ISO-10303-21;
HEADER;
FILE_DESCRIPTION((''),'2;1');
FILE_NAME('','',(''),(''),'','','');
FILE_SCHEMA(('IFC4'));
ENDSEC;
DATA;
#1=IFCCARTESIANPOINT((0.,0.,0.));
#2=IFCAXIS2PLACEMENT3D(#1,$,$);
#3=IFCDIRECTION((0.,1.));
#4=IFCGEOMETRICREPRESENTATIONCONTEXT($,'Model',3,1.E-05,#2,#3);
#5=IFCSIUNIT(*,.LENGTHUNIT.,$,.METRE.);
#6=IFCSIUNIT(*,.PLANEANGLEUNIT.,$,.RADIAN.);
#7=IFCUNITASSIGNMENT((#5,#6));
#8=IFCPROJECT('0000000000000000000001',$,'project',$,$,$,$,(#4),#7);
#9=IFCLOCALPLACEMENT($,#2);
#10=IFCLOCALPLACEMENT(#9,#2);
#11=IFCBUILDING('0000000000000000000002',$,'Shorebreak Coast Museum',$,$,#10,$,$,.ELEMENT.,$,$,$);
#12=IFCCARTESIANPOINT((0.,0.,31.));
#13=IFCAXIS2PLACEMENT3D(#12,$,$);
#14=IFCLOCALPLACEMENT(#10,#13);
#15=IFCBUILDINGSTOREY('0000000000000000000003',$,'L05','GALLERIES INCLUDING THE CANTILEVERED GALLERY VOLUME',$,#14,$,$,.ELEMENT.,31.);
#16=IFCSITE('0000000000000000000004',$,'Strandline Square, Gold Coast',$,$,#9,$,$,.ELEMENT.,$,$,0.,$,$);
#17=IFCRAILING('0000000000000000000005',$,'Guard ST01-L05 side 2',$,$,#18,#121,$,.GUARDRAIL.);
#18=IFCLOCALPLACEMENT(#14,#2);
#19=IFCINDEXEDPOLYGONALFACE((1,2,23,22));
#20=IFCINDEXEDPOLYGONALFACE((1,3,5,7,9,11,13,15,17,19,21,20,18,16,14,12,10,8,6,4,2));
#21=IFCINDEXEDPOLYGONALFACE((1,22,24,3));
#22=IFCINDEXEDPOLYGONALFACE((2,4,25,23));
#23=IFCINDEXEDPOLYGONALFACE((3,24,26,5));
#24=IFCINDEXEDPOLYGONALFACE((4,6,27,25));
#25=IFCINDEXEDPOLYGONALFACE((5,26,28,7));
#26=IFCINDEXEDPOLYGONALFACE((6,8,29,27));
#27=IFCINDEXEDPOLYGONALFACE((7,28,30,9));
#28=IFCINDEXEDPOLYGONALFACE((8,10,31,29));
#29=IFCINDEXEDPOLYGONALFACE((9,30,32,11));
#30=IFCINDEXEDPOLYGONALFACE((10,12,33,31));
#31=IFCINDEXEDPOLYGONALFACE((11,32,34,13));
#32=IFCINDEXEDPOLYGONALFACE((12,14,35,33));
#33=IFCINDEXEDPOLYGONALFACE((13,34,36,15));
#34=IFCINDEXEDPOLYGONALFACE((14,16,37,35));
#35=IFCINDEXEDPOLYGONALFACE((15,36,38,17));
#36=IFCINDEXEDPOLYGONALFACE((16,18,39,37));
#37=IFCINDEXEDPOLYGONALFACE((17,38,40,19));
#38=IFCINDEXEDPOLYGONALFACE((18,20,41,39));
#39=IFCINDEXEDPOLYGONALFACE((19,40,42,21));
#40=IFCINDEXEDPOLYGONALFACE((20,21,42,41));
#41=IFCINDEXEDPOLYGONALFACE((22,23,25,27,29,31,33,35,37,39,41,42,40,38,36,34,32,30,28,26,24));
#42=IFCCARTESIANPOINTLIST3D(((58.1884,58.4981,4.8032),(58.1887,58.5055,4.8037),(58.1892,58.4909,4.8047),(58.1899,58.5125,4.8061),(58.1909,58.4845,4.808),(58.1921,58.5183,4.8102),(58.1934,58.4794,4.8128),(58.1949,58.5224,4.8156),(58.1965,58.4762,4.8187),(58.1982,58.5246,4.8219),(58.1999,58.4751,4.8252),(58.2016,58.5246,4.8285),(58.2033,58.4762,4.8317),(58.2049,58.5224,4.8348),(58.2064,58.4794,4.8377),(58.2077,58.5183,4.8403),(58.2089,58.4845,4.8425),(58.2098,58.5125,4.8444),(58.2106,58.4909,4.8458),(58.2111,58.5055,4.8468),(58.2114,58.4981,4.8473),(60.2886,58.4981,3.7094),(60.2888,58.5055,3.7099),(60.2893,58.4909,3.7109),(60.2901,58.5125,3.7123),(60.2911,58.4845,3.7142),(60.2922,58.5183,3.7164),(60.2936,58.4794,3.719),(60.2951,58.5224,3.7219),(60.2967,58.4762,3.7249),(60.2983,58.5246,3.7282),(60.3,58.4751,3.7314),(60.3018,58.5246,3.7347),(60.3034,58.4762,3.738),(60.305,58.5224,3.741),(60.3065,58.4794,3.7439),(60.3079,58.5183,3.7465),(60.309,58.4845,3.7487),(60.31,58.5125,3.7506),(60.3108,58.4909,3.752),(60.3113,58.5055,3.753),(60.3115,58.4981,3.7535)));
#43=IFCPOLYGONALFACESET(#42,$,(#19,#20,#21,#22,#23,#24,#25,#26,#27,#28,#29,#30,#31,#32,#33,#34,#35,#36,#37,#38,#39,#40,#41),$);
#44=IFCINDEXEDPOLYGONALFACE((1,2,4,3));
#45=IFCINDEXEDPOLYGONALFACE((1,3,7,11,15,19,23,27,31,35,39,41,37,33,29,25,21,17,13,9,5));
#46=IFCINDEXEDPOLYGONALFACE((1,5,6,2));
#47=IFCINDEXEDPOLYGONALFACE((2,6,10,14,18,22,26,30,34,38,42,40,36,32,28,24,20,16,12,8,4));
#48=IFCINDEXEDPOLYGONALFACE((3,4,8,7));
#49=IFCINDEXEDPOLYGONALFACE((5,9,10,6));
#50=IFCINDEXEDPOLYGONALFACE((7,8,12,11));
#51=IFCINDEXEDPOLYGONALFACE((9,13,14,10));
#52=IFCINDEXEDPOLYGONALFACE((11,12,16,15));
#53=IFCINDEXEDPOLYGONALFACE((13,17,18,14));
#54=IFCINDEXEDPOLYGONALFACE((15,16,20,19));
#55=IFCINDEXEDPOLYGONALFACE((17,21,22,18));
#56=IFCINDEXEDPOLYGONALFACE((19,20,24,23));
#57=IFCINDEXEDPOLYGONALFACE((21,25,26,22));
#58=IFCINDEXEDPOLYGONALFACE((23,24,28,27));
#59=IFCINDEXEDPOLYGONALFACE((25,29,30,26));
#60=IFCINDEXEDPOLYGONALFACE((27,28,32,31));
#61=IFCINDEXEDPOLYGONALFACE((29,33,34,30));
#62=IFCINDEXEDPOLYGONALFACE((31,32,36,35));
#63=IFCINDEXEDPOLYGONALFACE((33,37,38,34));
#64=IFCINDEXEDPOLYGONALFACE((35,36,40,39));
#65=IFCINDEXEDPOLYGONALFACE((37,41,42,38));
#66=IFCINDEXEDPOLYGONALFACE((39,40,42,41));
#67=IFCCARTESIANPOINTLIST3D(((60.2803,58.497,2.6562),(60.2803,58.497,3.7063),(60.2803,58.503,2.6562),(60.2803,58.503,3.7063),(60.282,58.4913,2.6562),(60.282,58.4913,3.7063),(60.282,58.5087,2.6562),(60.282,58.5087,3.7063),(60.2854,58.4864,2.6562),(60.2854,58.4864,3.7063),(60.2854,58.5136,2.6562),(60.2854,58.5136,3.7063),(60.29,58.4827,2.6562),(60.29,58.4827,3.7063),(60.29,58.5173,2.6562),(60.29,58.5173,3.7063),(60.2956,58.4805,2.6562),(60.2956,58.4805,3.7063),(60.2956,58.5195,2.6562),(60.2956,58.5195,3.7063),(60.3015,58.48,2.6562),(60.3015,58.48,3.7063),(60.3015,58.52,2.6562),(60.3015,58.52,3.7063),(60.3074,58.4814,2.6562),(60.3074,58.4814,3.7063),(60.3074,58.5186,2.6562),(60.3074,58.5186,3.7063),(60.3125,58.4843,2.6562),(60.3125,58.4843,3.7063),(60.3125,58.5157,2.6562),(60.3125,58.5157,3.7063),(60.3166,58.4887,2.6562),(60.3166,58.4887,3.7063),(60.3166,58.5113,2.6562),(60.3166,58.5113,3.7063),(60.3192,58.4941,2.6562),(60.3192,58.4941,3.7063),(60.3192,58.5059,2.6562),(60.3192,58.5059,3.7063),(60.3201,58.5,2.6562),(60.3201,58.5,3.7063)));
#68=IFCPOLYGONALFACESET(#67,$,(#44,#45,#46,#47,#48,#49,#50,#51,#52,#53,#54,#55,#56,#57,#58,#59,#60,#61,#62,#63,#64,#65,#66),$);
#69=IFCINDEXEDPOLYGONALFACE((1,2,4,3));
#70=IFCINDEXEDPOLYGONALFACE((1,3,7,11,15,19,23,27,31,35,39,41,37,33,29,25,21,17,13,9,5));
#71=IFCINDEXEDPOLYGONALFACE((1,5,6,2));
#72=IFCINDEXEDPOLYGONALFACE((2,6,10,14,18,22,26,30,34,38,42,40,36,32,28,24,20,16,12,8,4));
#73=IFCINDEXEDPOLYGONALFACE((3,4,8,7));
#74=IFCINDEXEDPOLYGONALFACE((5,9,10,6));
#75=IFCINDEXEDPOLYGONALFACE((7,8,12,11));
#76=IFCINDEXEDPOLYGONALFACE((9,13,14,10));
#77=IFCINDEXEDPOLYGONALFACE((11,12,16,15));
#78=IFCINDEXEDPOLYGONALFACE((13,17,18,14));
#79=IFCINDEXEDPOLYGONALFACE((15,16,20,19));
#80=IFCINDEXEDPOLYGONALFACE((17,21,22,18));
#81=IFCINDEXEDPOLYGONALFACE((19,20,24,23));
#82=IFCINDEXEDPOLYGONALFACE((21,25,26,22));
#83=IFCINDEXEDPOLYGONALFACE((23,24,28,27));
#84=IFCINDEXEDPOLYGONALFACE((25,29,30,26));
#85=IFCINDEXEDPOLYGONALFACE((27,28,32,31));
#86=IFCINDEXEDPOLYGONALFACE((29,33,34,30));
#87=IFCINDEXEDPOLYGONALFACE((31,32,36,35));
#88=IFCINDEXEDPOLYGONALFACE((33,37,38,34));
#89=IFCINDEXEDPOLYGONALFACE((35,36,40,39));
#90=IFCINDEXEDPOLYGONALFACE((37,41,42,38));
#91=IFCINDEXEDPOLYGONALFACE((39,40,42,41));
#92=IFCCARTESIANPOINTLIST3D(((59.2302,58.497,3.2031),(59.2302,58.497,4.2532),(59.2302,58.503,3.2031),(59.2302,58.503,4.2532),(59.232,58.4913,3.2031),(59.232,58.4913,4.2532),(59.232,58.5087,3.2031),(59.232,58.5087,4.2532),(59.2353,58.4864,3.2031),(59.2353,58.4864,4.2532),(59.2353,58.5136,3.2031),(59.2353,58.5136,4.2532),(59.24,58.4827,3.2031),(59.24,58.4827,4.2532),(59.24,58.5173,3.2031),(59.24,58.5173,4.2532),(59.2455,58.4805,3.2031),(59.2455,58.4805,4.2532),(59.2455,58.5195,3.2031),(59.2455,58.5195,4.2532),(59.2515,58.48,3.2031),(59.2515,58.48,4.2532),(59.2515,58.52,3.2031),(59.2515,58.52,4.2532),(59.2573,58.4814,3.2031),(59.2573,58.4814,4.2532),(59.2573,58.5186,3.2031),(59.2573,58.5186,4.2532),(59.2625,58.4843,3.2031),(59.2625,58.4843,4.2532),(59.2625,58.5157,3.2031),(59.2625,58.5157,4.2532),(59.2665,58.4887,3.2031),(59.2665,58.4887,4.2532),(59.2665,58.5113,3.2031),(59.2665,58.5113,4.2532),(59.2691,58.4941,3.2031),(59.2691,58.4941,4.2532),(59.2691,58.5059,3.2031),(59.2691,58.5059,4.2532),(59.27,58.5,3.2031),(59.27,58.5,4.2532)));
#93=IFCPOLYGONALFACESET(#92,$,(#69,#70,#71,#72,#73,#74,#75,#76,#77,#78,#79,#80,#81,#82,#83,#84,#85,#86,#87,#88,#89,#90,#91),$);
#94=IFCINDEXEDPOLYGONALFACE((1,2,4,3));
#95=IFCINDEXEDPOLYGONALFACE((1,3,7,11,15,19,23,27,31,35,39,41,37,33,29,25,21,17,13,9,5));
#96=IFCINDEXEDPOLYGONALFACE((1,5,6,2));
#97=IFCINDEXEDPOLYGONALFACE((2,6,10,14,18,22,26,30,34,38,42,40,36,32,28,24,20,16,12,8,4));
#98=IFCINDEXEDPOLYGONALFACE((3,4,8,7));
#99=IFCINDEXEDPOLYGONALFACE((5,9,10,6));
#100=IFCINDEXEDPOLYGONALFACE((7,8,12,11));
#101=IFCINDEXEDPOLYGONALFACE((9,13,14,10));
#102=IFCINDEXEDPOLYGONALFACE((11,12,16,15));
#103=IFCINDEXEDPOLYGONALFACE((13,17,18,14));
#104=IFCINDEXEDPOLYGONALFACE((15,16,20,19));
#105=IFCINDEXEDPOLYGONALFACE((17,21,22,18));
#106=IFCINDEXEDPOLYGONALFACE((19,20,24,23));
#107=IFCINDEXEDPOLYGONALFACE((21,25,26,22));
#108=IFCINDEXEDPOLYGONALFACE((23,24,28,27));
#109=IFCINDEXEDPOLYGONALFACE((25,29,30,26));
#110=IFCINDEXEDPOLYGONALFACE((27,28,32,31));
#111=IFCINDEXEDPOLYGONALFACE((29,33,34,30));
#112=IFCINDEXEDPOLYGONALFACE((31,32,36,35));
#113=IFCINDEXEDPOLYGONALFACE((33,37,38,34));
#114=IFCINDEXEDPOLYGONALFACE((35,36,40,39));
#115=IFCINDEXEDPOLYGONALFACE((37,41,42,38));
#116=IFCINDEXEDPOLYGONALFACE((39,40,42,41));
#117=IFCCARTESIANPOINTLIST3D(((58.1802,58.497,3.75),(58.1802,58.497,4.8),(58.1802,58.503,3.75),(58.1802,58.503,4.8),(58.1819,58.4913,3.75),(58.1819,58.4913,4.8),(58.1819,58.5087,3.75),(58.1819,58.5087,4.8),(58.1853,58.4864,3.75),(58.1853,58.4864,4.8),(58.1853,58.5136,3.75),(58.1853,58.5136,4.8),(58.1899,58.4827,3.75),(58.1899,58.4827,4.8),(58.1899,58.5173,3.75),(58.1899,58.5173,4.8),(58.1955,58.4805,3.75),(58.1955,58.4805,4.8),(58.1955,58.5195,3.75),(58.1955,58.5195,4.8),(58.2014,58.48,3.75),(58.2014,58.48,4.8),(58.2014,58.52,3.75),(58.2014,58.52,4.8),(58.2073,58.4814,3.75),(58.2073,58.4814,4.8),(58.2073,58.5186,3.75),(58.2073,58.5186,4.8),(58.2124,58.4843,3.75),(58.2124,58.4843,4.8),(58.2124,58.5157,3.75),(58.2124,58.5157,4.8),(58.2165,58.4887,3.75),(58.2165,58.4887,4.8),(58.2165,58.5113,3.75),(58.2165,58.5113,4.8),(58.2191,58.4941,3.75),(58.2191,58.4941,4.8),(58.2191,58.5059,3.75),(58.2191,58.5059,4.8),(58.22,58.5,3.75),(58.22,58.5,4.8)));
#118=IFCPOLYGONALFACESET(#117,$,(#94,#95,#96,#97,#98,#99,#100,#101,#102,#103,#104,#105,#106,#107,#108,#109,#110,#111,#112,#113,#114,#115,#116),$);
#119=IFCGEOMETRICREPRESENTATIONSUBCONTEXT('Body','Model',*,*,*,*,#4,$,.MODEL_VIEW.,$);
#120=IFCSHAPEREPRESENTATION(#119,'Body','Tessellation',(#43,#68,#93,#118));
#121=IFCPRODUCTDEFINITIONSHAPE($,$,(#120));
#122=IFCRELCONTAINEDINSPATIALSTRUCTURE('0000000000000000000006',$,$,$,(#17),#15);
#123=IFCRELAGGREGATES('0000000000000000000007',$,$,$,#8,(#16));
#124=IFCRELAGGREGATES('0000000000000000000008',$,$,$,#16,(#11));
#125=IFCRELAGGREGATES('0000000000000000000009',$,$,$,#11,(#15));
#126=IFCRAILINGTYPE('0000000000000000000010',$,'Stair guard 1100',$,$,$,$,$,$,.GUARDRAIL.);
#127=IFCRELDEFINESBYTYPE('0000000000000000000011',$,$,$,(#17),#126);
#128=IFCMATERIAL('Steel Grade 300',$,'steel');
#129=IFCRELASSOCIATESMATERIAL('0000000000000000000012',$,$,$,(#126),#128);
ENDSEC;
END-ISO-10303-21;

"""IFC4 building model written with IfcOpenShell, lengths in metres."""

from ifc_helpers import new_model, si_unit, direction, frame, origin, origin_2d, place, context, subcontext, project, spatial, circle, extrude, material, type_object, element, save


model = new_model("IFC4")

# Units and contexts
model_context = context("Model", 3, precision=1e-05, world=origin(), true_north=direction((0.0, 1.0)))
body_context = subcontext(model_context, "Body", "Model", "MODEL_VIEW")
ifc_project = project(units=[si_unit("LENGTHUNIT", "METRE"), si_unit("PLANEANGLEUNIT", "RADIAN")], contexts=[model_context])

# Site, building, storey
site_placement = place(None, origin())
site = spatial("IfcSite", under=ifc_project, at=site_placement, Name="Strandline Square, Gold Coast", CompositionType="ELEMENT", RefElevation=0.0)
building_placement = place(site_placement, origin())
building = spatial("IfcBuilding", under=site, at=building_placement, Name="Shorebreak Coast Museum", CompositionType="ELEMENT")
storey_placement = place(building_placement, frame((0.0, 0.0, 31.0)))
storey = spatial("IfcBuildingStorey", under=building, at=storey_placement, Name="L05", Description="GALLERIES INCLUDING THE CANTILEVERED GALLERY VOLUME", CompositionType="ELEMENT", Elevation=31.0)

# Railing
ifc_material_1 = material(Name="Steel Grade 300", Category="steel")
railing_type_1 = type_object("IfcRailingType", Name="Stair guard 1100", PredefinedType="GUARDRAIL", material=ifc_material_1)
railing_1_placement = place(storey_placement, frame((60.3, 58.5, 2.6562)))
element("IfcRailing", 1, at=railing_1_placement, inside=storey, type_object=railing_type_1, Name="Guard ST01-L05 side 2", PredefinedType="GUARDRAIL", context=body_context, shape_type="SweptSolid", body=[
    extrude(circle(Radius=0.0249, at=origin_2d()), frame((0.0, 0.0, 1.0752), z_axis=(-0.886923, 0.0, 0.461918), x_axis=(0.0, -1.0, 0.0)), (0.0, 0.0, 1.0), 2.3679),
    extrude(circle(Radius=0.02, at=origin_2d()), origin(), (0.0, 0.0, 1.0), 1.05),
    extrude(circle(Radius=0.02, at=origin_2d()), frame((-1.05, 0.0, 0.5469)), (0.0, 0.0, 1.0), 1.05),
    extrude(circle(Radius=0.02, at=origin_2d()), frame((-2.1001, 0.0, 1.0938)), (0.0, 0.0, 1.0), 1.05),
])

save(model, "model.ifc")
